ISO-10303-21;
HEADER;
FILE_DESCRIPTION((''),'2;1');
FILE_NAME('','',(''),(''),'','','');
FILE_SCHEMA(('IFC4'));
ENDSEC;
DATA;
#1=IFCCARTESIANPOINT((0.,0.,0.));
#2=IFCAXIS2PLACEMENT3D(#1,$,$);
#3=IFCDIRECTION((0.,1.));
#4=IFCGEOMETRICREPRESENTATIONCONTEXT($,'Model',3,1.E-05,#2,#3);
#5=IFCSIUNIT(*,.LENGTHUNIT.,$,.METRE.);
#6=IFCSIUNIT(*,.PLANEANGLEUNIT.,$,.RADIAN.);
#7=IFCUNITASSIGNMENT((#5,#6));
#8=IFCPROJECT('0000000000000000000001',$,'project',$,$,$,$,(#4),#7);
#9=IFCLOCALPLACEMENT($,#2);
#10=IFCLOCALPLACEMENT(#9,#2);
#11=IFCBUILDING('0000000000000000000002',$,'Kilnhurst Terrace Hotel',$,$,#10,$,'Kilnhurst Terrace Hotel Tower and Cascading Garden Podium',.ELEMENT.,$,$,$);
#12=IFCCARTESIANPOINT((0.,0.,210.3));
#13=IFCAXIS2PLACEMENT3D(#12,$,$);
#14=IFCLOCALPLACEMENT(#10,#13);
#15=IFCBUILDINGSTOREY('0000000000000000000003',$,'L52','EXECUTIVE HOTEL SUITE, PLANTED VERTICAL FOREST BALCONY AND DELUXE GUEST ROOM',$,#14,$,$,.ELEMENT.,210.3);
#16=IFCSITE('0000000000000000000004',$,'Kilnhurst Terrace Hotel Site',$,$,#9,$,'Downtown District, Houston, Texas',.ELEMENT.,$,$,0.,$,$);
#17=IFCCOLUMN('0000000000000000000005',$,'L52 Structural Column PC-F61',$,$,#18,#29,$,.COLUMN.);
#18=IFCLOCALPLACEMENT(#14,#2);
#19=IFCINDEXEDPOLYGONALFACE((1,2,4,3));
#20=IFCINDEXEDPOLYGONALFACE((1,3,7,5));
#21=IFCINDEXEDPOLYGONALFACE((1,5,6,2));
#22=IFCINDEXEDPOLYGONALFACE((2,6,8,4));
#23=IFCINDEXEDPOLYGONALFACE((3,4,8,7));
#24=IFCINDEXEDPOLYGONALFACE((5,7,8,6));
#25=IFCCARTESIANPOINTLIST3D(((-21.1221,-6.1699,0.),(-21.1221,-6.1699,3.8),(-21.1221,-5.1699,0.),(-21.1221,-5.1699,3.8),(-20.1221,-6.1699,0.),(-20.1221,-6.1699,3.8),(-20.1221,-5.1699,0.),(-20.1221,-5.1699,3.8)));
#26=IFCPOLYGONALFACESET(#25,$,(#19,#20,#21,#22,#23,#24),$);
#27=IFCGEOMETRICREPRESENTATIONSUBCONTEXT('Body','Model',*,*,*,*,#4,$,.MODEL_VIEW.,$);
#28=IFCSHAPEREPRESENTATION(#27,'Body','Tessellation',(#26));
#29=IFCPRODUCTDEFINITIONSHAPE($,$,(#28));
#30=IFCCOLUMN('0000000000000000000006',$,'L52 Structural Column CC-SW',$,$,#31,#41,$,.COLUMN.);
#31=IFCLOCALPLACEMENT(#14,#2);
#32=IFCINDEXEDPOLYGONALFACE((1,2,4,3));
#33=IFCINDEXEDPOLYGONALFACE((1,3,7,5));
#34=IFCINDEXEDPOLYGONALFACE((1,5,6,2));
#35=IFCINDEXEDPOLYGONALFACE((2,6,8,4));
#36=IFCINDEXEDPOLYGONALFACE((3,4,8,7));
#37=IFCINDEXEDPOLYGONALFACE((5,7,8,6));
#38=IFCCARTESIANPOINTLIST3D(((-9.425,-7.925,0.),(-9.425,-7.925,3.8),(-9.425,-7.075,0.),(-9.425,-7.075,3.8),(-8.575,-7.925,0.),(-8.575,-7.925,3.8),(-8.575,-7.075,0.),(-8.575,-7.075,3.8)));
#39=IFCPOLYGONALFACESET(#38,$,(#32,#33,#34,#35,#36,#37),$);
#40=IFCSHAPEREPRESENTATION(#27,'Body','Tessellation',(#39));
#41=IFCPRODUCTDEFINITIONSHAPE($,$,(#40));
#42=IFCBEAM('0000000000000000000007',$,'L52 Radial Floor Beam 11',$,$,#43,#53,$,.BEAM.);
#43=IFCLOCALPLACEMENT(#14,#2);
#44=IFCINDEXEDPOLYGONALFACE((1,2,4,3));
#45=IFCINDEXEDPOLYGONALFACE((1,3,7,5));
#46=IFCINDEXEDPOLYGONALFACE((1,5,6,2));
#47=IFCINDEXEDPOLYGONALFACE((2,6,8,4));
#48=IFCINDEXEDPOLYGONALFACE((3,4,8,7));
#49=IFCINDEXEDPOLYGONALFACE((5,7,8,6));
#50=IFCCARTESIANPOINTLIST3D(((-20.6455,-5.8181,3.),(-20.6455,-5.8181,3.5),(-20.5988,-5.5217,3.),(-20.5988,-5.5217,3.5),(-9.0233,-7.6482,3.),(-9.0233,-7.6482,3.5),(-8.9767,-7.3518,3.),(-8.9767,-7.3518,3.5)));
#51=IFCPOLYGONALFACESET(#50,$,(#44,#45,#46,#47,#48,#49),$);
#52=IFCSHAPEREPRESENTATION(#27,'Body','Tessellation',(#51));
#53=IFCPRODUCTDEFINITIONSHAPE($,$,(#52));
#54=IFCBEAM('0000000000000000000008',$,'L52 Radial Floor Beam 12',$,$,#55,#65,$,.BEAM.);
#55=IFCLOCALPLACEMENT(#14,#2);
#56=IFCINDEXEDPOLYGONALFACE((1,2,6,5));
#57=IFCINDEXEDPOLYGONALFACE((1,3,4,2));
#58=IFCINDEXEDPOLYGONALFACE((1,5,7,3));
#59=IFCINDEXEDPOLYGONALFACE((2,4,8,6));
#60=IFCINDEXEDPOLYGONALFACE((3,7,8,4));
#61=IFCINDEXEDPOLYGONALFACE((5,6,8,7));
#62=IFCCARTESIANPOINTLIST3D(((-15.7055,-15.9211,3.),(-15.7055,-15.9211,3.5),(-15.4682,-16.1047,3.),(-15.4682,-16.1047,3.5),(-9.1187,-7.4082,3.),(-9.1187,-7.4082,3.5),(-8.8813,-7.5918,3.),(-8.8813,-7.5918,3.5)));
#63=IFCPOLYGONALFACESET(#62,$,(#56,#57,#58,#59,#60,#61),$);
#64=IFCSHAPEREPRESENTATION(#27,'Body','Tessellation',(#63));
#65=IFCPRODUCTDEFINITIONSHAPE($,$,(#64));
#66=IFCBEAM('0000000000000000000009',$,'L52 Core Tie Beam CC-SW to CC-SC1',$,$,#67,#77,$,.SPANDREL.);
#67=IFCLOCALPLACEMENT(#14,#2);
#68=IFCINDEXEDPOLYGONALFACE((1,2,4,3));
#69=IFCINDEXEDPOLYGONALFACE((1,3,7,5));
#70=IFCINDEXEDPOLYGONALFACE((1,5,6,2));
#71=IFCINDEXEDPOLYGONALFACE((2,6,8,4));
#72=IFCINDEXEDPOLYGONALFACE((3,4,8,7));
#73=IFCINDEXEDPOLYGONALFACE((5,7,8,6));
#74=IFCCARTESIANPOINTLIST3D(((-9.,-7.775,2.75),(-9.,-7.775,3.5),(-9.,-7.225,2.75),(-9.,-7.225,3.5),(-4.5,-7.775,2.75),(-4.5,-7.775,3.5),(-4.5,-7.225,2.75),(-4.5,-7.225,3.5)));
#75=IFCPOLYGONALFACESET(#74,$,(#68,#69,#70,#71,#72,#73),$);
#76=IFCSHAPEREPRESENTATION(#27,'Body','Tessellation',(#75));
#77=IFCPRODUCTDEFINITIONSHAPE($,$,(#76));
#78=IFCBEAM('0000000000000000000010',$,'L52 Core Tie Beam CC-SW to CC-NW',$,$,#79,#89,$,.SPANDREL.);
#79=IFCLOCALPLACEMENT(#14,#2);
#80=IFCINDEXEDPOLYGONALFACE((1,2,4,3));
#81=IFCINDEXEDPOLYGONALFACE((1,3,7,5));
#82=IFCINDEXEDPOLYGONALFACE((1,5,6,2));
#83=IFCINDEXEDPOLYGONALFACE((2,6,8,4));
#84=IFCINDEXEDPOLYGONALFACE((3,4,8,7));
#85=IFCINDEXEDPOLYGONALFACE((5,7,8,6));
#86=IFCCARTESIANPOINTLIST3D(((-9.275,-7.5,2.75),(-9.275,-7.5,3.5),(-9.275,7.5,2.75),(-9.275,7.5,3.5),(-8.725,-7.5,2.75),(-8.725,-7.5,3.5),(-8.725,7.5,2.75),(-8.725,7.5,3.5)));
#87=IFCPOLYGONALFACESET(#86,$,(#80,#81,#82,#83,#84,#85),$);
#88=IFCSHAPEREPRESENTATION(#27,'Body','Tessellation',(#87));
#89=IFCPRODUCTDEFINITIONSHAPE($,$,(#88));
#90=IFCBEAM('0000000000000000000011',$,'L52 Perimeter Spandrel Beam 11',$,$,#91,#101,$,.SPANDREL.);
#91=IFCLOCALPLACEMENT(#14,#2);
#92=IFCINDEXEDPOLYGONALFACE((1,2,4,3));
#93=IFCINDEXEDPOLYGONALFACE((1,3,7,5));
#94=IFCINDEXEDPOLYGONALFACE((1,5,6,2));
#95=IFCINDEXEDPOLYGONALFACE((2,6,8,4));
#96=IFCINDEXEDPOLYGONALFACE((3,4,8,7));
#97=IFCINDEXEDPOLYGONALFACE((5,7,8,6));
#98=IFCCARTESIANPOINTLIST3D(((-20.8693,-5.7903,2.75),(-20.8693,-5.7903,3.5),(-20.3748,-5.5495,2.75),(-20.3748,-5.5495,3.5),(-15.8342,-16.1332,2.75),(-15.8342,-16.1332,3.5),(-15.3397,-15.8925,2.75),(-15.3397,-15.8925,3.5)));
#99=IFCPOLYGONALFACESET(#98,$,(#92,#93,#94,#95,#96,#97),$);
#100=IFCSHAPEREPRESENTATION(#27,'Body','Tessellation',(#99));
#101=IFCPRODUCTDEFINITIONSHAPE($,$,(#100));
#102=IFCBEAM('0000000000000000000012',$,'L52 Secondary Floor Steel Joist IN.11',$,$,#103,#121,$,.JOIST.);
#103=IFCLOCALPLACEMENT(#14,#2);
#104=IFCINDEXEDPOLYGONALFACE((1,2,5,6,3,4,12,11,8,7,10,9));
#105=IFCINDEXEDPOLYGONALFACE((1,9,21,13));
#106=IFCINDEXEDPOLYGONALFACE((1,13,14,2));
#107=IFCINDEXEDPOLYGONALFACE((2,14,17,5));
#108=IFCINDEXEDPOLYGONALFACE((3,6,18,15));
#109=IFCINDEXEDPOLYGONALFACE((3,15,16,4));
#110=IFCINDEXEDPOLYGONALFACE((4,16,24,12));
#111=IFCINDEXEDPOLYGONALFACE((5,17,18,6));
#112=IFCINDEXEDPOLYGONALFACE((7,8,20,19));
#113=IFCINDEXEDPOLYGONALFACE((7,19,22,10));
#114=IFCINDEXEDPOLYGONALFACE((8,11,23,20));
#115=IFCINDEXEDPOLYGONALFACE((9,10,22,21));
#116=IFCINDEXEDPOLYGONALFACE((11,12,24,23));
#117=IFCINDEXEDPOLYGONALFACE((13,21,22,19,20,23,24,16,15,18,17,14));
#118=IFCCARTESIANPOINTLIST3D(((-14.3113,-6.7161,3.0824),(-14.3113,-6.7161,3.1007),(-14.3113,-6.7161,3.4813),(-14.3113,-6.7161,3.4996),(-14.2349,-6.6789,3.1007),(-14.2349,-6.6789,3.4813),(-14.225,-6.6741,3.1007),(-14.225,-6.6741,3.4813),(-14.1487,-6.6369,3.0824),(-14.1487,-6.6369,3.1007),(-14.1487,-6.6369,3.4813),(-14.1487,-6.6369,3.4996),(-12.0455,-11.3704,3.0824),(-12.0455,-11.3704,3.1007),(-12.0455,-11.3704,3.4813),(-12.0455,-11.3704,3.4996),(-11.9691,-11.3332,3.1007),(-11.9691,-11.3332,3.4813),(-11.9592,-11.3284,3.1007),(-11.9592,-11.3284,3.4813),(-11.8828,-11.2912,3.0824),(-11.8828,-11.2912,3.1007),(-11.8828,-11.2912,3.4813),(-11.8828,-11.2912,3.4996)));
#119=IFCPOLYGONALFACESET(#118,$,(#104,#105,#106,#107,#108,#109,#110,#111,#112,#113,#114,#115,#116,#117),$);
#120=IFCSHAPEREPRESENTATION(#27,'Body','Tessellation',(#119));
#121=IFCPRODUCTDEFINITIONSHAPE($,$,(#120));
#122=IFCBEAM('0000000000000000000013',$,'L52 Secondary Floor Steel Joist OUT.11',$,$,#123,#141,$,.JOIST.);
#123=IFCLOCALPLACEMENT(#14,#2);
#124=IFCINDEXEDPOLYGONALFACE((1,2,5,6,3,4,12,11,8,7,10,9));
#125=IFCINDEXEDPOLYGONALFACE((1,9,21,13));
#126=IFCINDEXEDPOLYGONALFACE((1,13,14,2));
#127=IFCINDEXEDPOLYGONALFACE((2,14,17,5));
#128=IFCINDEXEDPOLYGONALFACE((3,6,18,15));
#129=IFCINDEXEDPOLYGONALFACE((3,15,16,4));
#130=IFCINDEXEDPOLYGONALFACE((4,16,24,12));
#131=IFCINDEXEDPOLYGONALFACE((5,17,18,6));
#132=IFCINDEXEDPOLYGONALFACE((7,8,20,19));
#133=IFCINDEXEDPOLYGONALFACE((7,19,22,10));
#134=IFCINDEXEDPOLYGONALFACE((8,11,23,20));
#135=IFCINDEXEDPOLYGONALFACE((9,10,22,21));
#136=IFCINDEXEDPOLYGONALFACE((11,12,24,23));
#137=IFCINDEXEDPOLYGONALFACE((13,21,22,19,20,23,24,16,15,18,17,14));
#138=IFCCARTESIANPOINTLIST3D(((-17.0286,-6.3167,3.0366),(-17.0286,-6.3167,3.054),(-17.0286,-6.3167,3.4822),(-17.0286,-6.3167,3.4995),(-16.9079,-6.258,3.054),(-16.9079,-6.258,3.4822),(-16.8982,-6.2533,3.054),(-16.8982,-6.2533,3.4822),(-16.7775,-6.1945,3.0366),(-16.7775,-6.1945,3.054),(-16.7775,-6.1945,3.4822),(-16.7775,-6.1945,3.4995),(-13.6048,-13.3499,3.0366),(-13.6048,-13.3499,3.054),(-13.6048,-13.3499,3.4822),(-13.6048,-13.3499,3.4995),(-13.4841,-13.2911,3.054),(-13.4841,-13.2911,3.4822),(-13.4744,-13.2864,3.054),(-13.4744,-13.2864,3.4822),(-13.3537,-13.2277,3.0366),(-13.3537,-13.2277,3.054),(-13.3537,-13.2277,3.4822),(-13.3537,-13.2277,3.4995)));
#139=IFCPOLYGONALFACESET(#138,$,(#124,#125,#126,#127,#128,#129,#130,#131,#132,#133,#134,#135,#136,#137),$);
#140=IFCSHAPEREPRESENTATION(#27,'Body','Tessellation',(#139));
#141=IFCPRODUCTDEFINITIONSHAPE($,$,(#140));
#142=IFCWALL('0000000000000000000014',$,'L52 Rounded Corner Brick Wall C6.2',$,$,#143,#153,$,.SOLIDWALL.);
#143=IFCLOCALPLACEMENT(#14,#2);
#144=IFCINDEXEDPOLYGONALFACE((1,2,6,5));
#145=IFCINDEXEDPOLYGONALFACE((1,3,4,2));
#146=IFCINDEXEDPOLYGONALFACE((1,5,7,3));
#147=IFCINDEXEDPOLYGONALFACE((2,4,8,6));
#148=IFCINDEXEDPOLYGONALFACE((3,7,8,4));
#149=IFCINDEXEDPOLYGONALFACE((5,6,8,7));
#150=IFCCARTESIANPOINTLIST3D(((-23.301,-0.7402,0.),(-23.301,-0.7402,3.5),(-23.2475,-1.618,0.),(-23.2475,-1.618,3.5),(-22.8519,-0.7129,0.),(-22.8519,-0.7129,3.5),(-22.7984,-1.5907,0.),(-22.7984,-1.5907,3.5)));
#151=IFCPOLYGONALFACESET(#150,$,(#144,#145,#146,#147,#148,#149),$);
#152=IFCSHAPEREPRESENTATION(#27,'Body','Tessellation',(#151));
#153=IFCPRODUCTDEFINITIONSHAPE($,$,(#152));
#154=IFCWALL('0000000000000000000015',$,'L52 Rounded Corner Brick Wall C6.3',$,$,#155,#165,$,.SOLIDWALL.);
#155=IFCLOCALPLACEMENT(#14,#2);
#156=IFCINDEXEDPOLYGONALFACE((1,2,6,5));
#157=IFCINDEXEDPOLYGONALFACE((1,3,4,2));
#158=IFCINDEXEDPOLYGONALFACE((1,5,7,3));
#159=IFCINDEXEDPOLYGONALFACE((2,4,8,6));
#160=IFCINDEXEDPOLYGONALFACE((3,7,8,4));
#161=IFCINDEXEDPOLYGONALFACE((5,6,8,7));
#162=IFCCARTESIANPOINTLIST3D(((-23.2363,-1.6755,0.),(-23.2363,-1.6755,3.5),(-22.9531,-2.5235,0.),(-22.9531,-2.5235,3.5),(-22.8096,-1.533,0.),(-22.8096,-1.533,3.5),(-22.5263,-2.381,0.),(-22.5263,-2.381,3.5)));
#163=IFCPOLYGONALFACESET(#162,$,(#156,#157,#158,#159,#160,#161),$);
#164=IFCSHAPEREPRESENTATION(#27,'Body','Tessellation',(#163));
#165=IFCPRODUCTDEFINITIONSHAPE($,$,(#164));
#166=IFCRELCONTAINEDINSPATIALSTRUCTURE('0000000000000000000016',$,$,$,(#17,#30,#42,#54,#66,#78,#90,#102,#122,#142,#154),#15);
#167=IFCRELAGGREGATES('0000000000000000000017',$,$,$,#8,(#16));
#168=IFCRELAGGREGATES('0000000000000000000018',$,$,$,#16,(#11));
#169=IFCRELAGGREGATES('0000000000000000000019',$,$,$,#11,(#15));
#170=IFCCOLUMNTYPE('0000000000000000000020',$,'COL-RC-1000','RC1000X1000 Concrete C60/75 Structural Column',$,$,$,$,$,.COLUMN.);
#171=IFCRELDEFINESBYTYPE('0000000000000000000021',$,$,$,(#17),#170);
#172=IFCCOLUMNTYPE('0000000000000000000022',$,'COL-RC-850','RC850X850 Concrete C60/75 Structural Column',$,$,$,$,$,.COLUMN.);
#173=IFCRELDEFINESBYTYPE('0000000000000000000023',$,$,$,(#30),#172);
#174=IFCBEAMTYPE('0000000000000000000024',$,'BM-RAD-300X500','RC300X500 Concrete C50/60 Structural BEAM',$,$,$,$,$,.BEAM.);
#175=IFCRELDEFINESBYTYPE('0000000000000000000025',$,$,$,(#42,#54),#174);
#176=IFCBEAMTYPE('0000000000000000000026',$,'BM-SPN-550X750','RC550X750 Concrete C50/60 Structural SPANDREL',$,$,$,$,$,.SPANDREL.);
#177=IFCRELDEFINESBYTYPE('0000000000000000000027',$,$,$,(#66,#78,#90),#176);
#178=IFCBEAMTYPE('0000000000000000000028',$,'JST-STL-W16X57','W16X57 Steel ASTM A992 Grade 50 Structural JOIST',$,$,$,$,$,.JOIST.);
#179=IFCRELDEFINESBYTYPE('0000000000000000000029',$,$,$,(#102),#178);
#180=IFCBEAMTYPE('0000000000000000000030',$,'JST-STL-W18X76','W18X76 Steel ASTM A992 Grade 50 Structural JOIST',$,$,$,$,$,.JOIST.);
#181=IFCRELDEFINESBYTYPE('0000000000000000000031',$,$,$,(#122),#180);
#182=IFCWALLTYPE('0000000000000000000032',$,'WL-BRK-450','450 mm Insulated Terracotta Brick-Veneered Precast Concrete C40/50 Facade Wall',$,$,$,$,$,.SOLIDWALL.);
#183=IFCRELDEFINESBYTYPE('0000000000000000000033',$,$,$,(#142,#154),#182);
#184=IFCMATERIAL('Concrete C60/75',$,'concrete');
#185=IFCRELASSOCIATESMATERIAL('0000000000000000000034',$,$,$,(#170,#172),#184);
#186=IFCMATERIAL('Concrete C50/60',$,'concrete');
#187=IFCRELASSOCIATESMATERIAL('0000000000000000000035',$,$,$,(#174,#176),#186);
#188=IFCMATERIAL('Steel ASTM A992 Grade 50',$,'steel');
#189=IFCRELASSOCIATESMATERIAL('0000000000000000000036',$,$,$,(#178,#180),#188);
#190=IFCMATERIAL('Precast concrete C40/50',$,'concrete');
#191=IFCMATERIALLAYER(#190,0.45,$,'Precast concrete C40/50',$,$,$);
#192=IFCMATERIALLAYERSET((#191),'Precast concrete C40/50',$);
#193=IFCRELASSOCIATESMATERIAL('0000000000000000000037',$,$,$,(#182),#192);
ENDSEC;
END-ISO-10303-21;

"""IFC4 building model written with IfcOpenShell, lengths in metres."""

from ifc_helpers import new_model, si_unit, direction, frame, frame_2d, origin, origin_2d, place, context, subcontext, project, spatial, rectangle, i_section, extrude, material, layer, layer_set, material_profile, profile_set, type_object, element, save


model = new_model("IFC4")

# Units and contexts
model_context = context("Model", 3, precision=1e-05, world=origin(), true_north=direction((0.0, 1.0)))
body_context = subcontext(model_context, "Body", "Model", "MODEL_VIEW")
ifc_project = project(units=[si_unit("LENGTHUNIT", "METRE"), si_unit("PLANEANGLEUNIT", "RADIAN")], contexts=[model_context])

# Site, building, storey
site_placement = place(None, origin())
site = spatial("IfcSite", under=ifc_project, at=site_placement, Name="Kilnhurst Terrace Hotel Site", LongName="Downtown District, Houston, Texas", CompositionType="ELEMENT", RefElevation=0.0)
building_placement = place(site_placement, origin())
building = spatial("IfcBuilding", under=site, at=building_placement, Name="Kilnhurst Terrace Hotel", LongName="Kilnhurst Terrace Hotel Tower and Cascading Garden Podium", CompositionType="ELEMENT")
storey_placement = place(building_placement, frame((0.0, 0.0, 210.3)))
storey = spatial("IfcBuildingStorey", under=building, at=storey_placement, Name="L52", Description="EXECUTIVE HOTEL SUITE, PLANTED VERTICAL FOREST BALCONY AND DELUXE GUEST ROOM", CompositionType="ELEMENT", Elevation=210.3)

# Columns
ifc_material_1 = material(Name="Concrete C60/75", Category="concrete")
ifc_material_profile_1 = material_profile(ifc_material_1, rectangle(XDim=1.0, YDim=1.0, at=origin_2d()), Name="RC1000X1000")
ifc_profile_set_1 = profile_set([ifc_material_profile_1], Name="Concrete C60/75")
column_type_1 = type_object("IfcColumnType", Name="COL-RC-1000", Description="RC1000X1000 Concrete C60/75 Structural Column", PredefinedType="COLUMN", material=ifc_profile_set_1)
column_1_placement = place(storey_placement, frame((-20.6221, -5.6699, 0.0), z_axis=(0.0, 0.0, 1.0), x_axis=(1.0, 0.0, 0.0)))
element("IfcColumn", 1, at=column_1_placement, inside=storey, type_object=column_type_1, Name="L52 Structural Column PC-F61", PredefinedType="COLUMN", context=body_context, shape_type="SweptSolid", body=[
    extrude(rectangle(XDim=1.0, YDim=1.0, at=origin_2d()), origin(), (0.0, 0.0, 1.0), 3.8),
])
ifc_material_profile_2 = material_profile(ifc_material_1, rectangle(XDim=0.8501, YDim=0.8501, at=origin_2d()), Name="RC850X850")
ifc_profile_set_2 = profile_set([ifc_material_profile_2], Name="Concrete C60/75")
column_type_2 = type_object("IfcColumnType", Name="COL-RC-850", Description="RC850X850 Concrete C60/75 Structural Column", PredefinedType="COLUMN", material=ifc_profile_set_2)
column_2_placement = place(storey_placement, frame((-9.0, -7.5, 0.0), z_axis=(0.0, 0.0, 1.0), x_axis=(1.0, 0.0, 0.0)))
element("IfcColumn", 2, at=column_2_placement, inside=storey, type_object=column_type_2, Name="L52 Structural Column CC-SW", PredefinedType="COLUMN", context=body_context, shape_type="SweptSolid", body=[
    extrude(rectangle(XDim=0.8501, YDim=0.8501, at=origin_2d()), origin(), (0.0, 0.0, 1.0), 3.8),
])

# Beams
ifc_material_2 = material(Name="Concrete C50/60", Category="concrete")
ifc_material_profile_3 = material_profile(ifc_material_2, rectangle(XDim=0.3, YDim=0.5, at=origin_2d()), Name="RC300X500")
ifc_profile_set_3 = profile_set([ifc_material_profile_3], Name="Concrete C50/60")
beam_type_1 = type_object("IfcBeamType", Name="BM-RAD-300X500", Description="RC300X500 Concrete C50/60 Structural BEAM", PredefinedType="BEAM", material=ifc_profile_set_3)
beam_1_placement = place(storey_placement, frame((-9.0, -7.5, 3.25), z_axis=(-0.987828, 0.155549, 0.0), x_axis=(-0.155549, -0.987828, 0.0)))
element("IfcBeam", 3, at=beam_1_placement, inside=storey, type_object=beam_type_1, Name="L52 Radial Floor Beam 11", PredefinedType="BEAM", context=body_context, shape_type="SweptSolid", body=[
    extrude(rectangle(XDim=0.3, YDim=0.5, at=origin_2d()), origin(), (0.0, 0.0, 1.0), 11.7654),
])
beam_2_placement = place(storey_placement, frame((-9.0, -7.5, 3.25), z_axis=(-0.611955, -0.790892, 0.0), x_axis=(0.790892, -0.611955, 0.0)))
element("IfcBeam", 4, at=beam_2_placement, inside=storey, type_object=beam_type_1, Name="L52 Radial Floor Beam 12", PredefinedType="BEAM", context=body_context, shape_type="SweptSolid", body=[
    extrude(rectangle(XDim=0.3, YDim=0.5, at=origin_2d()), origin(), (0.0, 0.0, 1.0), 10.7637),
])
ifc_material_profile_4 = material_profile(ifc_material_2, rectangle(XDim=0.55, YDim=0.75, at=origin_2d()), Name="RC550X750")
ifc_profile_set_4 = profile_set([ifc_material_profile_4], Name="Concrete C50/60")
beam_type_2 = type_object("IfcBeamType", Name="BM-SPN-550X750", Description="RC550X750 Concrete C50/60 Structural SPANDREL", PredefinedType="SPANDREL", material=ifc_profile_set_4)
beam_3_placement = place(storey_placement, frame((-9.0, -7.5, 3.125), z_axis=(1.0, 0.0, 0.0), x_axis=(0.0, 1.0, 0.0)))
element("IfcBeam", 5, at=beam_3_placement, inside=storey, type_object=beam_type_2, Name="L52 Core Tie Beam CC-SW to CC-SC1", PredefinedType="SPANDREL", context=body_context, shape_type="SweptSolid", body=[
    extrude(rectangle(XDim=0.55, YDim=0.75, at=origin_2d()), origin(), (0.0, 0.0, 1.0), 4.5),
])
beam_4_placement = place(storey_placement, frame((-9.0, -7.5, 3.125), z_axis=(0.0, 1.0, 0.0), x_axis=(-1.0, 0.0, 0.0)))
element("IfcBeam", 6, at=beam_4_placement, inside=storey, type_object=beam_type_2, Name="L52 Core Tie Beam CC-SW to CC-NW", PredefinedType="SPANDREL", context=body_context, shape_type="SweptSolid", body=[
    extrude(rectangle(XDim=0.55, YDim=0.75, at=origin_2d()), origin(), (0.0, 0.0, 1.0), 15.0),
])
beam_5_placement = place(storey_placement, frame((-20.6221, -5.6699, 3.125), z_axis=(0.437706, -0.899118, 0.0), x_axis=(0.899118, 0.437706, 0.0)))
element("IfcBeam", 7, at=beam_5_placement, inside=storey, type_object=beam_type_2, Name="L52 Perimeter Spandrel Beam 11", PredefinedType="SPANDREL", context=body_context, shape_type="SweptSolid", body=[
    extrude(rectangle(XDim=0.55, YDim=0.75, at=origin_2d()), origin(), (0.0, 0.0, 1.0), 11.5034),
])
ifc_material_3 = material(Name="Steel ASTM A992 Grade 50", Category="steel")
ifc_material_profile_5 = material_profile(ifc_material_3, i_section(OverallWidth=0.1809, OverallDepth=0.4172, WebThickness=0.011, FlangeThickness=0.0183, at=origin_2d()), Name="W16X57")
ifc_profile_set_5 = profile_set([ifc_material_profile_5], Name="Steel ASTM A992 Grade 50")
beam_type_3 = type_object("IfcBeamType", Name="JST-STL-W16X57", Description="W16X57 Steel ASTM A992 Grade 50 Structural JOIST", PredefinedType="JOIST", material=ifc_profile_set_5)
beam_6_placement = place(storey_placement, frame((-14.23, -6.6765, 3.291), z_axis=(0.437718, -0.899112, 0.0), x_axis=(0.899112, 0.437718, 0.0)))
element("IfcBeam", 8, at=beam_6_placement, inside=storey, type_object=beam_type_3, Name="L52 Secondary Floor Steel Joist IN.11", PredefinedType="JOIST", context=body_context, shape_type="SweptSolid", body=[
    extrude(i_section(OverallWidth=0.1809, OverallDepth=0.4172, WebThickness=0.011, FlangeThickness=0.0183, at=origin_2d()), origin(), (0.0, 0.0, 1.0), 5.1765),
])
ifc_material_profile_6 = material_profile(ifc_material_3, i_section(OverallWidth=0.2793, OverallDepth=0.4629, WebThickness=0.0107, FlangeThickness=0.0173, at=origin_2d()), Name="W18X76")
ifc_profile_set_6 = profile_set([ifc_material_profile_6], Name="Steel ASTM A992 Grade 50")
beam_type_4 = type_object("IfcBeamType", Name="JST-STL-W18X76", Description="W18X76 Steel ASTM A992 Grade 50 Structural JOIST", PredefinedType="JOIST", material=ifc_profile_set_6)
beam_7_placement = place(storey_placement, frame((-16.9031, -6.2556, 3.2681), z_axis=(0.4377, -0.899121, 0.0), x_axis=(0.899121, 0.4377, 0.0)))
element("IfcBeam", 9, at=beam_7_placement, inside=storey, type_object=beam_type_4, Name="L52 Secondary Floor Steel Joist OUT.11", PredefinedType="JOIST", context=body_context, shape_type="SweptSolid", body=[
    extrude(i_section(OverallWidth=0.2793, OverallDepth=0.4629, WebThickness=0.0107, FlangeThickness=0.0173, at=origin_2d()), origin(), (0.0, 0.0, 1.0), 7.8223),
])

# Walls
ifc_material_4 = material(Name="Precast concrete C40/50", Category="concrete")
ifc_layer_1 = layer(ifc_material_4, 0.45, Name="Precast concrete C40/50")
ifc_layer_set_1 = layer_set([ifc_layer_1], Name="Precast concrete C40/50")
wall_type_1 = type_object("IfcWallType", Name="WL-BRK-450", Description="450 mm Insulated Terracotta Brick-Veneered Precast Concrete C40/50 Facade Wall", PredefinedType="SOLIDWALL", material=ifc_layer_set_1)
wall_1_placement = place(storey_placement, frame((-23.0764, -0.7266, 0.0), z_axis=(0.0, 0.0, 1.0), x_axis=(0.060805, -0.99815, 0.0)))
element("IfcWall", 10, at=wall_1_placement, inside=storey, type_object=wall_type_1, Name="L52 Rounded Corner Brick Wall C6.2", PredefinedType="SOLIDWALL", context=body_context, shape_type="SweptSolid", body=[
    extrude(rectangle(XDim=0.8794, YDim=0.45, at=frame_2d((0.4397, 0.0))), origin(), (0.0, 0.0, 1.0), 3.5),
])
wall_2_placement = place(storey_placement, frame((-23.0229, -1.6042, 0.0), z_axis=(0.0, 0.0, 1.0), x_axis=(0.316801, -0.948492, 0.0)))
element("IfcWall", 11, at=wall_2_placement, inside=storey, type_object=wall_type_1, Name="L52 Rounded Corner Brick Wall C6.3", PredefinedType="SOLIDWALL", context=body_context, shape_type="SweptSolid", body=[
    extrude(rectangle(XDim=0.894, YDim=0.45, at=frame_2d((0.447, 0.0))), origin(), (0.0, 0.0, 1.0), 3.5),
])

save(model, "model.ifc")
